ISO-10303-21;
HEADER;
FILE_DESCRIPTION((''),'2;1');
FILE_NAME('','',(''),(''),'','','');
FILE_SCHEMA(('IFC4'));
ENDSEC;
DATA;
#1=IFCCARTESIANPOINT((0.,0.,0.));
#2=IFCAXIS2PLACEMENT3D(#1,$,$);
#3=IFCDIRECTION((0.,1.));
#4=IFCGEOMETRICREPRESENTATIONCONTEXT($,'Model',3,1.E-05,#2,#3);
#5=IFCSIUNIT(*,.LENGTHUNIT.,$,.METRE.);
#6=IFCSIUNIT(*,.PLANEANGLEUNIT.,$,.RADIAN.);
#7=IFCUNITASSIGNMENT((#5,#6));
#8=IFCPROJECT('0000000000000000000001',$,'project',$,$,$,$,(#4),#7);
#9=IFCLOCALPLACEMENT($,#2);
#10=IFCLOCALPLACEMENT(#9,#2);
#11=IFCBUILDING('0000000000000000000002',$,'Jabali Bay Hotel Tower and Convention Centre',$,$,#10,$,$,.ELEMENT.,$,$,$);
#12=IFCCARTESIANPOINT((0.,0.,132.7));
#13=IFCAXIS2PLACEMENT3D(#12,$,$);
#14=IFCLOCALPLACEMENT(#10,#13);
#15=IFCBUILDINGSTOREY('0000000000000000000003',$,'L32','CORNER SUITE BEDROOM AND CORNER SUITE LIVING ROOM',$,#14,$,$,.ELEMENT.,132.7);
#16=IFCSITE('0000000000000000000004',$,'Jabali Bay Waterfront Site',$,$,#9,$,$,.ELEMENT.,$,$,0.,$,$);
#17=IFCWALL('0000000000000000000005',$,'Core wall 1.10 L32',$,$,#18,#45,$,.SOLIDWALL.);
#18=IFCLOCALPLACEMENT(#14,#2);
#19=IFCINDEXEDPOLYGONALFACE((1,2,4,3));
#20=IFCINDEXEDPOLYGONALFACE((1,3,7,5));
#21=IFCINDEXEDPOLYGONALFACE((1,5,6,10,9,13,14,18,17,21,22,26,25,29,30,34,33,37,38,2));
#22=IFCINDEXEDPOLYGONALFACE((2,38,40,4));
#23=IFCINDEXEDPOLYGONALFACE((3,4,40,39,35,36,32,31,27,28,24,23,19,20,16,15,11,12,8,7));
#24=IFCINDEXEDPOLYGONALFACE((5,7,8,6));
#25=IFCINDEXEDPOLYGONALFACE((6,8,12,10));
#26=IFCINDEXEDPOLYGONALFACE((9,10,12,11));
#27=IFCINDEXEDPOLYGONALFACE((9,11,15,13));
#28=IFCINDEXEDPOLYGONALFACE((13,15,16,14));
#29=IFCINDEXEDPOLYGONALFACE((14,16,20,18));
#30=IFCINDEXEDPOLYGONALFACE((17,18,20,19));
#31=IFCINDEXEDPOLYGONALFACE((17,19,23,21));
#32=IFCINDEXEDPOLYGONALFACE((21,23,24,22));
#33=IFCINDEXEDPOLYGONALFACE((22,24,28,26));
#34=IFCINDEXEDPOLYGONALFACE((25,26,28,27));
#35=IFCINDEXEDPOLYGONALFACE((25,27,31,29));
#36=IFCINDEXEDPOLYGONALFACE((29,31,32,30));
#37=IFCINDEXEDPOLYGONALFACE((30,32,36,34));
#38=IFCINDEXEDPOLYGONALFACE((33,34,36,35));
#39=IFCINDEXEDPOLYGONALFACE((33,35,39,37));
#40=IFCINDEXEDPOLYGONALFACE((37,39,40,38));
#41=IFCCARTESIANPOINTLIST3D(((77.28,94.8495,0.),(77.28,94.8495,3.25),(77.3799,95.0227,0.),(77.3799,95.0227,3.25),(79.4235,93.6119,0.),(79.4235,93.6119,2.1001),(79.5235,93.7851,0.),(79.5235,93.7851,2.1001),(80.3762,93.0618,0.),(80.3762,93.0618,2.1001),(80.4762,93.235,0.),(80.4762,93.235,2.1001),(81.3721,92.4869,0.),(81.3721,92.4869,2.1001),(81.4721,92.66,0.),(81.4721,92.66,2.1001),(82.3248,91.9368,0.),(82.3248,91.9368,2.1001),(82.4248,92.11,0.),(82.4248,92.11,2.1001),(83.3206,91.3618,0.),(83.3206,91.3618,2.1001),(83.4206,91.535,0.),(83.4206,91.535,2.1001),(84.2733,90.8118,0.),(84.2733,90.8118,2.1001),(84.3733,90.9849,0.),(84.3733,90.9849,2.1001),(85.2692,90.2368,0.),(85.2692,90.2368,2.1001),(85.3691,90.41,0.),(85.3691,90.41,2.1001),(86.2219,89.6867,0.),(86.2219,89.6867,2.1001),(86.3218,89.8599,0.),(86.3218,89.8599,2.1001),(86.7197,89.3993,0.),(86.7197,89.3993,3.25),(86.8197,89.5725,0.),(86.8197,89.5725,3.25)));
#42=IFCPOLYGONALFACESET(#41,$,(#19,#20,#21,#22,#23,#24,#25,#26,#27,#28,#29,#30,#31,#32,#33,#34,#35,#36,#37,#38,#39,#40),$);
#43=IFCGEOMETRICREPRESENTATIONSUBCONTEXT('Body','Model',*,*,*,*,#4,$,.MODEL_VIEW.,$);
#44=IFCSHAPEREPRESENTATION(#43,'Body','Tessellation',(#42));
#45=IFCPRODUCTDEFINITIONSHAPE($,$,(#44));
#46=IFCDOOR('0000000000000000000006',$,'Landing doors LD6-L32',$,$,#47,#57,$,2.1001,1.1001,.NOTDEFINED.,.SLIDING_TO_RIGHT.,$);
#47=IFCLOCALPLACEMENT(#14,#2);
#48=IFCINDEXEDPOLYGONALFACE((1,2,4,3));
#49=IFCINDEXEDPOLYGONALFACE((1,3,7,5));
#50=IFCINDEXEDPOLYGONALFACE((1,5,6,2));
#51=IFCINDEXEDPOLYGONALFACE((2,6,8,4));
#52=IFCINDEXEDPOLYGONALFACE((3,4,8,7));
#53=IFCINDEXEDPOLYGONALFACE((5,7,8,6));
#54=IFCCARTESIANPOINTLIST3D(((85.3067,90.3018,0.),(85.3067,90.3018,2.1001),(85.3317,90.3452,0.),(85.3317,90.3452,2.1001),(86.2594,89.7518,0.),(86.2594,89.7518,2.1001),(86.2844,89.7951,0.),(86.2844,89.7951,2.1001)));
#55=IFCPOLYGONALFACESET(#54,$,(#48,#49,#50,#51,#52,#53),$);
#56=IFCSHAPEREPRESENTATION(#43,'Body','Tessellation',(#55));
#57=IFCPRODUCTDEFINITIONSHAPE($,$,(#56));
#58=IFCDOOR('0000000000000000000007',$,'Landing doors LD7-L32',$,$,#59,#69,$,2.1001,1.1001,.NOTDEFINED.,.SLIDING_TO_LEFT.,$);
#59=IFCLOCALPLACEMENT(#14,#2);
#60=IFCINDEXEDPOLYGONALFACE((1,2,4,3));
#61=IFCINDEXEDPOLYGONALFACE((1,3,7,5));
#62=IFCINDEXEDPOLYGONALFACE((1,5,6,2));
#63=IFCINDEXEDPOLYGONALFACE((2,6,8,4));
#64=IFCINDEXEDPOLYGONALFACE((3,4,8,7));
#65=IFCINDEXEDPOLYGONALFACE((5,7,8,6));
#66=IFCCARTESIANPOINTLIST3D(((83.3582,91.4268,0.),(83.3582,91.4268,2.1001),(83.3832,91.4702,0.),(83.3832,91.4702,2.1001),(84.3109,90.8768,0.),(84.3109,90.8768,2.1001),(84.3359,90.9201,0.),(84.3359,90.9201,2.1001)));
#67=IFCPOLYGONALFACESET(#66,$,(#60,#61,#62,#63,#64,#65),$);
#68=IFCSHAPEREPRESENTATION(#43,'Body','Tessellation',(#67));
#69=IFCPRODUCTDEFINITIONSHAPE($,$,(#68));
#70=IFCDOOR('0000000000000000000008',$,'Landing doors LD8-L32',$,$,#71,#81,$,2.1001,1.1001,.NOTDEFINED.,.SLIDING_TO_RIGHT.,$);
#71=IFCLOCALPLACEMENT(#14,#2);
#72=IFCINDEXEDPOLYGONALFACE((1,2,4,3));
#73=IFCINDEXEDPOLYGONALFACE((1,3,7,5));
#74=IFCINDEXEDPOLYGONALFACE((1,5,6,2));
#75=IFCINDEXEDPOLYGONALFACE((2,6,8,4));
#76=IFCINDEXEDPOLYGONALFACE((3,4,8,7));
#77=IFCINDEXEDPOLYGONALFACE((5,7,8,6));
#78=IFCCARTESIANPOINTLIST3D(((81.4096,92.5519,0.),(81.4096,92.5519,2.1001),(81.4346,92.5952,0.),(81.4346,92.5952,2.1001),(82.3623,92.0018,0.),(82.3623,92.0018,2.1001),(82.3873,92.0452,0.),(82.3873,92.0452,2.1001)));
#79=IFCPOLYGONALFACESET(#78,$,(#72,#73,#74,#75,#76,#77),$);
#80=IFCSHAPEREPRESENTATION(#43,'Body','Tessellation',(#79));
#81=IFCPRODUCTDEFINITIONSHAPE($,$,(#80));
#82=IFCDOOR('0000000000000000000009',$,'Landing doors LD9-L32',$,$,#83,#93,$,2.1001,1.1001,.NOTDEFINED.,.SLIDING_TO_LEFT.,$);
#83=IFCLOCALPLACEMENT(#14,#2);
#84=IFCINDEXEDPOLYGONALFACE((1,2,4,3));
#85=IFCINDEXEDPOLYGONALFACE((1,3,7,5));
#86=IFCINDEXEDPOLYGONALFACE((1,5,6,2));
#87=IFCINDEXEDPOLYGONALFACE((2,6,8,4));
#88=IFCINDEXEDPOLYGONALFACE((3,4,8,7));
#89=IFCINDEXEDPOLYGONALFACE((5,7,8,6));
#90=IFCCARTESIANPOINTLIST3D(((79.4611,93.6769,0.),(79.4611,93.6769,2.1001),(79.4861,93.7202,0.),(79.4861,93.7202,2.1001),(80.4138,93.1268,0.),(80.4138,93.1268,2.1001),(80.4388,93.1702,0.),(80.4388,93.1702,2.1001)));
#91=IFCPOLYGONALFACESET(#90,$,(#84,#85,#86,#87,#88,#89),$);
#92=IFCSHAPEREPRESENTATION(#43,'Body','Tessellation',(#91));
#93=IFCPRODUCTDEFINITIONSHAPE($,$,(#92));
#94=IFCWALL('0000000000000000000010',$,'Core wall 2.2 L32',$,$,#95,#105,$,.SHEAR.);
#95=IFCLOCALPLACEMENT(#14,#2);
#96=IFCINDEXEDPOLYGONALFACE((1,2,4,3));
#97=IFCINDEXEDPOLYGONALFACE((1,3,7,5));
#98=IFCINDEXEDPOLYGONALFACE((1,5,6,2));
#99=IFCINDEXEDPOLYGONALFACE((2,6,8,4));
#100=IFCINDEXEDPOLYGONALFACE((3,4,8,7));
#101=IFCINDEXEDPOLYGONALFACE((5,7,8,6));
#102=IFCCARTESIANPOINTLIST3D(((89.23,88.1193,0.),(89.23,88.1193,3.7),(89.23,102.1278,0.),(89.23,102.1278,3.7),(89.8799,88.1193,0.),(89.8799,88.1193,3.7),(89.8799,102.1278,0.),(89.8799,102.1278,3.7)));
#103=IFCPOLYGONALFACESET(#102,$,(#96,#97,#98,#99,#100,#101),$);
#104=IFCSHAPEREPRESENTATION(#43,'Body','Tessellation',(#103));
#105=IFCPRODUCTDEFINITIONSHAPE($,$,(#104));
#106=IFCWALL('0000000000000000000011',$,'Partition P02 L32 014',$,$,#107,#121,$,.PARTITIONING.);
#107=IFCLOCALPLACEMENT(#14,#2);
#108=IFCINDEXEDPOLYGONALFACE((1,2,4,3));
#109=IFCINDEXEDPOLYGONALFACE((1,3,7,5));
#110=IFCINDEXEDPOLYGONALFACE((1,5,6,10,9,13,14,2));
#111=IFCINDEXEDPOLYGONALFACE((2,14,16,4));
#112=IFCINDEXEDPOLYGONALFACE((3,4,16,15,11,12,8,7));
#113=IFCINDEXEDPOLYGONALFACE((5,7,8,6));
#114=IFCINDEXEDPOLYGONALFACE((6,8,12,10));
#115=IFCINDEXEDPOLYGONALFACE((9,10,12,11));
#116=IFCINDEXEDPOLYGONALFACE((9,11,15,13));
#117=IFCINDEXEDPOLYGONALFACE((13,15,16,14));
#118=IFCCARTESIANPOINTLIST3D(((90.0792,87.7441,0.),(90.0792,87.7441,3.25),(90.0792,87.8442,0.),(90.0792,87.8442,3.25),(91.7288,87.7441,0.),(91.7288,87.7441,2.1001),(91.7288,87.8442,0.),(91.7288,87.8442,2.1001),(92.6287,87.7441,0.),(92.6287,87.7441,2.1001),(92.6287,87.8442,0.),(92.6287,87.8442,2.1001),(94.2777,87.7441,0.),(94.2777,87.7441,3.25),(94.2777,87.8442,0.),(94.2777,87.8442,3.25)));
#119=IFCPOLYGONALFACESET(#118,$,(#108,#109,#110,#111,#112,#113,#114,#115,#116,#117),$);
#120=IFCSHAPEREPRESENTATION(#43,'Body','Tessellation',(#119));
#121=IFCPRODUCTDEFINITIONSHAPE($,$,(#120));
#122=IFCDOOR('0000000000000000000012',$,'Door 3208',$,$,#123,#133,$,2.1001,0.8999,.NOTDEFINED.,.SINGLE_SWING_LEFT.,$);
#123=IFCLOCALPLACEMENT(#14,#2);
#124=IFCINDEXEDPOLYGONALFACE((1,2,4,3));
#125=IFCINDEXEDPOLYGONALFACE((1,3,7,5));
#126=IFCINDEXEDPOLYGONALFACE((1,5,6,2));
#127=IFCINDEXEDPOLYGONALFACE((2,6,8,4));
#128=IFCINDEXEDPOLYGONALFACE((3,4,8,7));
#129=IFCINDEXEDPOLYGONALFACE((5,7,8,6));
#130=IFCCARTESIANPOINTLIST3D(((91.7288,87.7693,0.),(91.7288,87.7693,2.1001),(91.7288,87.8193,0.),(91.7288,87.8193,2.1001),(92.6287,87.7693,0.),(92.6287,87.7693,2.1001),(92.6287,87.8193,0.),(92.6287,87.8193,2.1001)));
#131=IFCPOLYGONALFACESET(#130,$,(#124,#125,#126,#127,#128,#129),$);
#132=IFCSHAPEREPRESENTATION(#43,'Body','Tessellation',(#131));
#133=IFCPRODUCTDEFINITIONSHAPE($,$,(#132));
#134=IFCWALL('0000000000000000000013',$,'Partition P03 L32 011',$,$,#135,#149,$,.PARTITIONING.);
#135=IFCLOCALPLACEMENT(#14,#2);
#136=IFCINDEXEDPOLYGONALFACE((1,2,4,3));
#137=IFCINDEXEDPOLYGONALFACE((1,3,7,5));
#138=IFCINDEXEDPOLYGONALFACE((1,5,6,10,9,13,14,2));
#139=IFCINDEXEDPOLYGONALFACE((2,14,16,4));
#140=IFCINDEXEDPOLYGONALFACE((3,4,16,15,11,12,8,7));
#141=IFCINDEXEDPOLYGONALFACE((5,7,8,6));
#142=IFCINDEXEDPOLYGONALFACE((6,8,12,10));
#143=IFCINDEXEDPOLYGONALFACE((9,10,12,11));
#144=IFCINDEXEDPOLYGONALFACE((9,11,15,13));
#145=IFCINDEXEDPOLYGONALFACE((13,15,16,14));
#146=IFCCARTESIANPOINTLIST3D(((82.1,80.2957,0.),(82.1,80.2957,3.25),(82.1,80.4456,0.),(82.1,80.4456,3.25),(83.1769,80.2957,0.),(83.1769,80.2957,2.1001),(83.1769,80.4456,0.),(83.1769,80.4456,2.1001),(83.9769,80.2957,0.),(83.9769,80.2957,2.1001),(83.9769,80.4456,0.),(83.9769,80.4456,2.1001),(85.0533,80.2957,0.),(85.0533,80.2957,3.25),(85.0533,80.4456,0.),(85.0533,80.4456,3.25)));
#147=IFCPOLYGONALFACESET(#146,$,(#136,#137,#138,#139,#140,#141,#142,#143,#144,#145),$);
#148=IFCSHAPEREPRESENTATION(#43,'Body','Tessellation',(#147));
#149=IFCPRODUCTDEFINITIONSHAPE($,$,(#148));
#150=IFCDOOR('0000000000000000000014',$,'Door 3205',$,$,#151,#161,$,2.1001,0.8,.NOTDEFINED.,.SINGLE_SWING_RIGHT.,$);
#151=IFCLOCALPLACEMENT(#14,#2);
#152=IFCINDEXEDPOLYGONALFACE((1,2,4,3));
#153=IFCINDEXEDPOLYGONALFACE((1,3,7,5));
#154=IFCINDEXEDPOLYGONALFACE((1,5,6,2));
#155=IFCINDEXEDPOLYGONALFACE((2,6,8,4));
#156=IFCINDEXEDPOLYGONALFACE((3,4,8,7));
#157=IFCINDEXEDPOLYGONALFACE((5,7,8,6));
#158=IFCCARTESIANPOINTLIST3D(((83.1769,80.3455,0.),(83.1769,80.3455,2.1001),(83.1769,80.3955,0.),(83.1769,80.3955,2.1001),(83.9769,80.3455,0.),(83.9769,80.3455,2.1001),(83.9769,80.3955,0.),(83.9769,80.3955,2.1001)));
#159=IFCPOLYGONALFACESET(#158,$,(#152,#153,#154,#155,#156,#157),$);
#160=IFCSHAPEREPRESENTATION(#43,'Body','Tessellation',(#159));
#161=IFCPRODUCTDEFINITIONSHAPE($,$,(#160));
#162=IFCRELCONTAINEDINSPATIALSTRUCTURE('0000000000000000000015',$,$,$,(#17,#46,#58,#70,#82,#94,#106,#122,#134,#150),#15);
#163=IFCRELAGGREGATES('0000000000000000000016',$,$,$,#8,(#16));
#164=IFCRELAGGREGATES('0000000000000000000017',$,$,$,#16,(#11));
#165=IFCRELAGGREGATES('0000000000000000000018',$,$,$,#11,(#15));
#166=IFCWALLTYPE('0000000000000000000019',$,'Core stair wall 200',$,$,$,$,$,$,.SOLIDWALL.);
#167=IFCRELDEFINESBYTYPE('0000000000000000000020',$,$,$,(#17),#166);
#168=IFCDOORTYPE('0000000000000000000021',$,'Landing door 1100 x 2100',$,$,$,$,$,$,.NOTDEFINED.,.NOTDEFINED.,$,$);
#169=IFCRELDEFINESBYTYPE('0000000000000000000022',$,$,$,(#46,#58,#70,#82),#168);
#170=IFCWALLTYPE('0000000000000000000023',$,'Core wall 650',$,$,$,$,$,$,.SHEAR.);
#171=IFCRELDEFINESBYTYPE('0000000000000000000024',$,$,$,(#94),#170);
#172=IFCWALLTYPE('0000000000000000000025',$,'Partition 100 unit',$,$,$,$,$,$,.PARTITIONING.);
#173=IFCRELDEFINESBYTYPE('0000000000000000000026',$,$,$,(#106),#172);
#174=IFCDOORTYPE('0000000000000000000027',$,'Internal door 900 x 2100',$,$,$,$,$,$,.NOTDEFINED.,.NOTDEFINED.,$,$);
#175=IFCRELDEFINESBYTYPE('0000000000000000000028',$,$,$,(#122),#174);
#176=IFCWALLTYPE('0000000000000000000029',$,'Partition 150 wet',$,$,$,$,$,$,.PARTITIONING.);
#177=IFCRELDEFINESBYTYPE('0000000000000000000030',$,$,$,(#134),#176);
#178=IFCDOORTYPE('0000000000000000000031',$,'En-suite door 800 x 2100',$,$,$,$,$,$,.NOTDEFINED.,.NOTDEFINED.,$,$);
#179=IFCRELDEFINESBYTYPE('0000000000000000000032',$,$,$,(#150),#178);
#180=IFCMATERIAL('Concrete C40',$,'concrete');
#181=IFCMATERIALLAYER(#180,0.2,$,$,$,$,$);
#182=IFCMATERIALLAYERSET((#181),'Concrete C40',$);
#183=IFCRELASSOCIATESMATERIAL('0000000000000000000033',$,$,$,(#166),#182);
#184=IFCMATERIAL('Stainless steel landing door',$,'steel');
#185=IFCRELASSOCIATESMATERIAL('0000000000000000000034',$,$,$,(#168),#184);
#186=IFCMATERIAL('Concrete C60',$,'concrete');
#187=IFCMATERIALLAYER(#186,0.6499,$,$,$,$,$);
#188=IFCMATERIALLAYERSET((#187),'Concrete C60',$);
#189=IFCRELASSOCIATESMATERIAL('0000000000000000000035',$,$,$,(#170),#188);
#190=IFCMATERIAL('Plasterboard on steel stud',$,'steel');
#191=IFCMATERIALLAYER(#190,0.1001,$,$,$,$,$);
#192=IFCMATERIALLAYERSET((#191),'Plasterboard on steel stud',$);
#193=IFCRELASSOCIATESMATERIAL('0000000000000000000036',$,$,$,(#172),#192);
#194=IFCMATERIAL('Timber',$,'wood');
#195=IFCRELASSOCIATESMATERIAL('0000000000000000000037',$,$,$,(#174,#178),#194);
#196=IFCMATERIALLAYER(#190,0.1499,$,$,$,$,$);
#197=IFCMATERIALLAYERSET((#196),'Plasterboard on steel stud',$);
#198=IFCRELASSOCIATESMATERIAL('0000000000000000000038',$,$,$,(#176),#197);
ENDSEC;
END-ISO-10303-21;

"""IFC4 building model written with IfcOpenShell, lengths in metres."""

from ifc_helpers import new_model, si_unit, direction, frame, frame_2d, origin, place, context, subcontext, project, spatial, rectangle, extrude, material, layer, layer_set, type_object, element, fill, save


model = new_model("IFC4")

# Units and contexts
model_context = context("Model", 3, precision=1e-05, world=origin(), true_north=direction((0.0, 1.0)))
body_context = subcontext(model_context, "Body", "Model", "MODEL_VIEW")
ifc_project = project(units=[si_unit("LENGTHUNIT", "METRE"), si_unit("PLANEANGLEUNIT", "RADIAN")], contexts=[model_context])

# Site, building, storey
site_placement = place(None, origin())
site = spatial("IfcSite", under=ifc_project, at=site_placement, Name="Jabali Bay Waterfront Site", CompositionType="ELEMENT", RefElevation=0.0)
building_placement = place(site_placement, origin())
building = spatial("IfcBuilding", under=site, at=building_placement, Name="Jabali Bay Hotel Tower and Convention Centre", CompositionType="ELEMENT")
storey_placement = place(building_placement, frame((0.0, 0.0, 132.7)))
storey = spatial("IfcBuildingStorey", under=building, at=storey_placement, Name="L32", Description="CORNER SUITE BEDROOM AND CORNER SUITE LIVING ROOM", CompositionType="ELEMENT", Elevation=132.7)

# Shared definitions
ifc_material_1 = material(Name="Concrete C60", Category="concrete")

# Shared definitions
ifc_material_2 = material(Name="Concrete C40", Category="concrete")

# Shared definitions
ifc_layer_1 = layer(ifc_material_2, 0.2)
ifc_layer_set_1 = layer_set([ifc_layer_1], Name="Concrete C40")
wall_type_1 = type_object("IfcWallType", Name="Core stair wall 200", PredefinedType="SOLIDWALL", material=ifc_layer_set_1)

# Wall, openings, doors
wall_1_placement = place(storey_placement, frame((86.7698, 89.4858, 0.0), z_axis=(0.0, 0.0, 1.0), x_axis=(-0.866018, 0.500013, 0.0)))
wall_1 = element("IfcWall", 1, at=wall_1_placement, inside=storey, type_object=wall_type_1, Name="Core wall 1.10 L32", PredefinedType="SOLIDWALL", context=body_context, shape_type="SweptSolid", body=[
    extrude(rectangle(XDim=10.9001, YDim=0.2, at=frame_2d((5.4502, 0.0))), origin(), (0.0, 0.0, 1.0), 3.25),
])
opening_1_placement = place(wall_1_placement, frame((0.575, 0.0, 0.0)))
opening_1 = element("IfcOpeningElement", 2, at=opening_1_placement, cuts=wall_1, PredefinedType="OPENING", context=body_context, shape_type="SweptSolid", body=[
    extrude(rectangle(XDim=1.1001, YDim=2.1001, at=frame_2d((0.55, 1.05))), frame((0.0, 0.1104, 0.0), z_axis=(0.0, -1.0, 0.0), x_axis=(1.0, 0.0, 0.0)), (0.0, 0.0, 1.0), 0.2209),
])
opening_2_placement = place(wall_1_placement, frame((2.825, 0.0, 0.0)))
opening_2 = element("IfcOpeningElement", 3, at=opening_2_placement, cuts=wall_1, PredefinedType="OPENING", context=body_context, shape_type="SweptSolid", body=[
    extrude(rectangle(XDim=1.1001, YDim=2.1001, at=frame_2d((0.55, 1.05))), frame((0.0, 0.1104, 0.0), z_axis=(0.0, -1.0, 0.0), x_axis=(1.0, 0.0, 0.0)), (0.0, 0.0, 1.0), 0.2209),
])
opening_3_placement = place(wall_1_placement, frame((5.075, 0.0, 0.0)))
opening_3 = element("IfcOpeningElement", 4, at=opening_3_placement, cuts=wall_1, PredefinedType="OPENING", context=body_context, shape_type="SweptSolid", body=[
    extrude(rectangle(XDim=1.1001, YDim=2.1001, at=frame_2d((0.55, 1.05))), frame((0.0, 0.1104, 0.0), z_axis=(0.0, -1.0, 0.0), x_axis=(1.0, 0.0, 0.0)), (0.0, 0.0, 1.0), 0.2209),
])
opening_4_placement = place(wall_1_placement, frame((7.325, 0.0, 0.0)))
opening_4 = element("IfcOpeningElement", 5, at=opening_4_placement, cuts=wall_1, PredefinedType="OPENING", context=body_context, shape_type="SweptSolid", body=[
    extrude(rectangle(XDim=1.1001, YDim=2.1001, at=frame_2d((0.55, 1.05))), frame((0.0, 0.1104, 0.0), z_axis=(0.0, -1.0, 0.0), x_axis=(1.0, 0.0, 0.0)), (0.0, 0.0, 1.0), 0.2209),
])
ifc_material_3 = material(Name="Stainless steel landing door", Category="steel")
door_type_1 = type_object("IfcDoorType", Name="Landing door 1100 x 2100", OperationType="NOTDEFINED", PredefinedType="NOTDEFINED", material=ifc_material_3)
door_1_placement = place(opening_1_placement, origin())
door_1 = element("IfcDoor", 6, at=door_1_placement, inside=storey, type_object=door_type_1, Name="Landing doors LD6-L32", OperationType="SLIDING_TO_RIGHT", OverallHeight=2.1001, OverallWidth=1.1001, PredefinedType="NOTDEFINED", context=body_context, shape_type="SweptSolid", body=[
    extrude(rectangle(XDim=1.1001, YDim=2.1001, at=frame_2d((0.55, 1.05))), frame((0.0, 0.0249, 0.0), z_axis=(0.0, -1.0, 0.0), x_axis=(1.0, 0.0, 0.0)), (0.0, 0.0, 1.0), 0.05),
])
fill(opening_1, door_1)
door_2_placement = place(opening_2_placement, origin())
door_2 = element("IfcDoor", 7, at=door_2_placement, inside=storey, type_object=door_type_1, Name="Landing doors LD7-L32", OperationType="SLIDING_TO_LEFT", OverallHeight=2.1001, OverallWidth=1.1001, PredefinedType="NOTDEFINED", context=body_context, shape_type="SweptSolid", body=[
    extrude(rectangle(XDim=1.1001, YDim=2.1001, at=frame_2d((0.55, 1.05))), frame((0.0, 0.0249, 0.0), z_axis=(0.0, -1.0, 0.0), x_axis=(1.0, 0.0, 0.0)), (0.0, 0.0, 1.0), 0.05),
])
fill(opening_2, door_2)
door_3_placement = place(opening_3_placement, origin())
door_3 = element("IfcDoor", 8, at=door_3_placement, inside=storey, type_object=door_type_1, Name="Landing doors LD8-L32", OperationType="SLIDING_TO_RIGHT", OverallHeight=2.1001, OverallWidth=1.1001, PredefinedType="NOTDEFINED", context=body_context, shape_type="SweptSolid", body=[
    extrude(rectangle(XDim=1.1001, YDim=2.1001, at=frame_2d((0.55, 1.05))), frame((0.0, 0.0249, 0.0), z_axis=(0.0, -1.0, 0.0), x_axis=(1.0, 0.0, 0.0)), (0.0, 0.0, 1.0), 0.05),
])
fill(opening_3, door_3)
door_4_placement = place(opening_4_placement, origin())
door_4 = element("IfcDoor", 9, at=door_4_placement, inside=storey, type_object=door_type_1, Name="Landing doors LD9-L32", OperationType="SLIDING_TO_LEFT", OverallHeight=2.1001, OverallWidth=1.1001, PredefinedType="NOTDEFINED", context=body_context, shape_type="SweptSolid", body=[
    extrude(rectangle(XDim=1.1001, YDim=2.1001, at=frame_2d((0.55, 1.05))), frame((0.0, 0.0249, 0.0), z_axis=(0.0, -1.0, 0.0), x_axis=(1.0, 0.0, 0.0)), (0.0, 0.0, 1.0), 0.05),
])
fill(opening_4, door_4)

# Wall
ifc_layer_2 = layer(ifc_material_1, 0.6499)
ifc_layer_set_2 = layer_set([ifc_layer_2], Name="Concrete C60")
wall_type_2 = type_object("IfcWallType", Name="Core wall 650", PredefinedType="SHEAR", material=ifc_layer_set_2)
wall_2_placement = place(storey_placement, frame((89.5549, 88.1191, 0.0), z_axis=(0.0, 0.0, 1.0), x_axis=(0.0, 1.0, 0.0)))
element("IfcWall", 10, at=wall_2_placement, inside=storey, type_object=wall_type_2, Name="Core wall 2.2 L32", PredefinedType="SHEAR", context=body_context, shape_type="SweptSolid", body=[
    extrude(rectangle(XDim=14.0085, YDim=0.6499, at=frame_2d((7.0044, 0.0))), origin(), (0.0, 0.0, 1.0), 3.7),
])

# Walls, openings, doors
ifc_material_4 = material(Name="Plasterboard on steel stud", Category="steel")
ifc_layer_3 = layer(ifc_material_4, 0.1001)
ifc_layer_set_3 = layer_set([ifc_layer_3], Name="Plasterboard on steel stud")
wall_type_3 = type_object("IfcWallType", Name="Partition 100 unit", PredefinedType="PARTITIONING", material=ifc_layer_set_3)
wall_3_placement = place(storey_placement, frame((94.2776, 87.7942, 0.0), z_axis=(0.0, 0.0, 1.0), x_axis=(-1.0, 0.0, 0.0)))
wall_3 = element("IfcWall", 11, at=wall_3_placement, inside=storey, type_object=wall_type_3, Name="Partition P02 L32 014", PredefinedType="PARTITIONING", context=body_context, shape_type="SweptSolid", body=[
    extrude(rectangle(XDim=4.1985, YDim=0.1001, at=frame_2d((2.0991, 0.0))), origin(), (0.0, 0.0, 1.0), 3.25),
])
opening_5_placement = place(wall_3_placement, frame((1.6489, 0.0, 0.0)))
opening_5 = element("IfcOpeningElement", 12, at=opening_5_placement, cuts=wall_3, PredefinedType="OPENING", context=body_context, shape_type="SweptSolid", body=[
    extrude(rectangle(XDim=0.8999, YDim=2.1001, at=frame_2d((0.45, 1.05))), frame((0.0, 0.0605, 0.0), z_axis=(0.0, -1.0, 0.0), x_axis=(1.0, 0.0, 0.0)), (0.0, 0.0, 1.0), 0.1211),
])
ifc_material_5 = material(Name="Timber", Category="wood")
door_type_2 = type_object("IfcDoorType", Name="Internal door 900 x 2100", OperationType="NOTDEFINED", PredefinedType="NOTDEFINED", material=ifc_material_5)
door_5_placement = place(opening_5_placement, origin())
door_5 = element("IfcDoor", 13, at=door_5_placement, inside=storey, type_object=door_type_2, Name="Door 3208", OperationType="SINGLE_SWING_LEFT", OverallHeight=2.1001, OverallWidth=0.8999, PredefinedType="NOTDEFINED", context=body_context, shape_type="SweptSolid", body=[
    extrude(rectangle(XDim=0.8999, YDim=2.1001, at=frame_2d((0.45, 1.05))), frame((0.0, 0.0249, 0.0), z_axis=(0.0, -1.0, 0.0), x_axis=(1.0, 0.0, 0.0)), (0.0, 0.0, 1.0), 0.05),
])
fill(opening_5, door_5)
ifc_layer_4 = layer(ifc_material_4, 0.1499)
ifc_layer_set_4 = layer_set([ifc_layer_4], Name="Plasterboard on steel stud")
wall_type_4 = type_object("IfcWallType", Name="Partition 150 wet", PredefinedType="PARTITIONING", material=ifc_layer_set_4)
wall_4_placement = place(storey_placement, frame((82.1001, 80.3706, 0.0), z_axis=(0.0, 0.0, 1.0), x_axis=(1.0, 0.0, 0.0)))
wall_4 = element("IfcWall", 14, at=wall_4_placement, inside=storey, type_object=wall_type_4, Name="Partition P03 L32 011", PredefinedType="PARTITIONING", context=body_context, shape_type="SweptSolid", body=[
    extrude(rectangle(XDim=2.9534, YDim=0.1499, at=frame_2d((1.4766, 0.0))), origin(), (0.0, 0.0, 1.0), 3.25),
])
opening_6_placement = place(wall_4_placement, frame((1.0769, 0.0, 0.0)))
opening_6 = element("IfcOpeningElement", 15, at=opening_6_placement, cuts=wall_4, PredefinedType="OPENING", context=body_context, shape_type="SweptSolid", body=[
    extrude(rectangle(XDim=0.8, YDim=2.1001, at=frame_2d((0.3999, 1.05))), frame((0.0, 0.0854, 0.0), z_axis=(0.0, -1.0, 0.0), x_axis=(1.0, 0.0, 0.0)), (0.0, 0.0, 1.0), 0.1709),
])
door_type_3 = type_object("IfcDoorType", Name="En-suite door 800 x 2100", OperationType="NOTDEFINED", PredefinedType="NOTDEFINED", material=ifc_material_5)
door_6_placement = place(opening_6_placement, origin())
door_6 = element("IfcDoor", 16, at=door_6_placement, inside=storey, type_object=door_type_3, Name="Door 3205", OperationType="SINGLE_SWING_RIGHT", OverallHeight=2.1001, OverallWidth=0.8, PredefinedType="NOTDEFINED", context=body_context, shape_type="SweptSolid", body=[
    extrude(rectangle(XDim=0.8, YDim=2.1001, at=frame_2d((0.3999, 1.05))), frame((0.0, 0.0249, 0.0), z_axis=(0.0, -1.0, 0.0), x_axis=(1.0, 0.0, 0.0)), (0.0, 0.0, 1.0), 0.05),
])
fill(opening_6, door_6)

save(model, "model.ifc")
